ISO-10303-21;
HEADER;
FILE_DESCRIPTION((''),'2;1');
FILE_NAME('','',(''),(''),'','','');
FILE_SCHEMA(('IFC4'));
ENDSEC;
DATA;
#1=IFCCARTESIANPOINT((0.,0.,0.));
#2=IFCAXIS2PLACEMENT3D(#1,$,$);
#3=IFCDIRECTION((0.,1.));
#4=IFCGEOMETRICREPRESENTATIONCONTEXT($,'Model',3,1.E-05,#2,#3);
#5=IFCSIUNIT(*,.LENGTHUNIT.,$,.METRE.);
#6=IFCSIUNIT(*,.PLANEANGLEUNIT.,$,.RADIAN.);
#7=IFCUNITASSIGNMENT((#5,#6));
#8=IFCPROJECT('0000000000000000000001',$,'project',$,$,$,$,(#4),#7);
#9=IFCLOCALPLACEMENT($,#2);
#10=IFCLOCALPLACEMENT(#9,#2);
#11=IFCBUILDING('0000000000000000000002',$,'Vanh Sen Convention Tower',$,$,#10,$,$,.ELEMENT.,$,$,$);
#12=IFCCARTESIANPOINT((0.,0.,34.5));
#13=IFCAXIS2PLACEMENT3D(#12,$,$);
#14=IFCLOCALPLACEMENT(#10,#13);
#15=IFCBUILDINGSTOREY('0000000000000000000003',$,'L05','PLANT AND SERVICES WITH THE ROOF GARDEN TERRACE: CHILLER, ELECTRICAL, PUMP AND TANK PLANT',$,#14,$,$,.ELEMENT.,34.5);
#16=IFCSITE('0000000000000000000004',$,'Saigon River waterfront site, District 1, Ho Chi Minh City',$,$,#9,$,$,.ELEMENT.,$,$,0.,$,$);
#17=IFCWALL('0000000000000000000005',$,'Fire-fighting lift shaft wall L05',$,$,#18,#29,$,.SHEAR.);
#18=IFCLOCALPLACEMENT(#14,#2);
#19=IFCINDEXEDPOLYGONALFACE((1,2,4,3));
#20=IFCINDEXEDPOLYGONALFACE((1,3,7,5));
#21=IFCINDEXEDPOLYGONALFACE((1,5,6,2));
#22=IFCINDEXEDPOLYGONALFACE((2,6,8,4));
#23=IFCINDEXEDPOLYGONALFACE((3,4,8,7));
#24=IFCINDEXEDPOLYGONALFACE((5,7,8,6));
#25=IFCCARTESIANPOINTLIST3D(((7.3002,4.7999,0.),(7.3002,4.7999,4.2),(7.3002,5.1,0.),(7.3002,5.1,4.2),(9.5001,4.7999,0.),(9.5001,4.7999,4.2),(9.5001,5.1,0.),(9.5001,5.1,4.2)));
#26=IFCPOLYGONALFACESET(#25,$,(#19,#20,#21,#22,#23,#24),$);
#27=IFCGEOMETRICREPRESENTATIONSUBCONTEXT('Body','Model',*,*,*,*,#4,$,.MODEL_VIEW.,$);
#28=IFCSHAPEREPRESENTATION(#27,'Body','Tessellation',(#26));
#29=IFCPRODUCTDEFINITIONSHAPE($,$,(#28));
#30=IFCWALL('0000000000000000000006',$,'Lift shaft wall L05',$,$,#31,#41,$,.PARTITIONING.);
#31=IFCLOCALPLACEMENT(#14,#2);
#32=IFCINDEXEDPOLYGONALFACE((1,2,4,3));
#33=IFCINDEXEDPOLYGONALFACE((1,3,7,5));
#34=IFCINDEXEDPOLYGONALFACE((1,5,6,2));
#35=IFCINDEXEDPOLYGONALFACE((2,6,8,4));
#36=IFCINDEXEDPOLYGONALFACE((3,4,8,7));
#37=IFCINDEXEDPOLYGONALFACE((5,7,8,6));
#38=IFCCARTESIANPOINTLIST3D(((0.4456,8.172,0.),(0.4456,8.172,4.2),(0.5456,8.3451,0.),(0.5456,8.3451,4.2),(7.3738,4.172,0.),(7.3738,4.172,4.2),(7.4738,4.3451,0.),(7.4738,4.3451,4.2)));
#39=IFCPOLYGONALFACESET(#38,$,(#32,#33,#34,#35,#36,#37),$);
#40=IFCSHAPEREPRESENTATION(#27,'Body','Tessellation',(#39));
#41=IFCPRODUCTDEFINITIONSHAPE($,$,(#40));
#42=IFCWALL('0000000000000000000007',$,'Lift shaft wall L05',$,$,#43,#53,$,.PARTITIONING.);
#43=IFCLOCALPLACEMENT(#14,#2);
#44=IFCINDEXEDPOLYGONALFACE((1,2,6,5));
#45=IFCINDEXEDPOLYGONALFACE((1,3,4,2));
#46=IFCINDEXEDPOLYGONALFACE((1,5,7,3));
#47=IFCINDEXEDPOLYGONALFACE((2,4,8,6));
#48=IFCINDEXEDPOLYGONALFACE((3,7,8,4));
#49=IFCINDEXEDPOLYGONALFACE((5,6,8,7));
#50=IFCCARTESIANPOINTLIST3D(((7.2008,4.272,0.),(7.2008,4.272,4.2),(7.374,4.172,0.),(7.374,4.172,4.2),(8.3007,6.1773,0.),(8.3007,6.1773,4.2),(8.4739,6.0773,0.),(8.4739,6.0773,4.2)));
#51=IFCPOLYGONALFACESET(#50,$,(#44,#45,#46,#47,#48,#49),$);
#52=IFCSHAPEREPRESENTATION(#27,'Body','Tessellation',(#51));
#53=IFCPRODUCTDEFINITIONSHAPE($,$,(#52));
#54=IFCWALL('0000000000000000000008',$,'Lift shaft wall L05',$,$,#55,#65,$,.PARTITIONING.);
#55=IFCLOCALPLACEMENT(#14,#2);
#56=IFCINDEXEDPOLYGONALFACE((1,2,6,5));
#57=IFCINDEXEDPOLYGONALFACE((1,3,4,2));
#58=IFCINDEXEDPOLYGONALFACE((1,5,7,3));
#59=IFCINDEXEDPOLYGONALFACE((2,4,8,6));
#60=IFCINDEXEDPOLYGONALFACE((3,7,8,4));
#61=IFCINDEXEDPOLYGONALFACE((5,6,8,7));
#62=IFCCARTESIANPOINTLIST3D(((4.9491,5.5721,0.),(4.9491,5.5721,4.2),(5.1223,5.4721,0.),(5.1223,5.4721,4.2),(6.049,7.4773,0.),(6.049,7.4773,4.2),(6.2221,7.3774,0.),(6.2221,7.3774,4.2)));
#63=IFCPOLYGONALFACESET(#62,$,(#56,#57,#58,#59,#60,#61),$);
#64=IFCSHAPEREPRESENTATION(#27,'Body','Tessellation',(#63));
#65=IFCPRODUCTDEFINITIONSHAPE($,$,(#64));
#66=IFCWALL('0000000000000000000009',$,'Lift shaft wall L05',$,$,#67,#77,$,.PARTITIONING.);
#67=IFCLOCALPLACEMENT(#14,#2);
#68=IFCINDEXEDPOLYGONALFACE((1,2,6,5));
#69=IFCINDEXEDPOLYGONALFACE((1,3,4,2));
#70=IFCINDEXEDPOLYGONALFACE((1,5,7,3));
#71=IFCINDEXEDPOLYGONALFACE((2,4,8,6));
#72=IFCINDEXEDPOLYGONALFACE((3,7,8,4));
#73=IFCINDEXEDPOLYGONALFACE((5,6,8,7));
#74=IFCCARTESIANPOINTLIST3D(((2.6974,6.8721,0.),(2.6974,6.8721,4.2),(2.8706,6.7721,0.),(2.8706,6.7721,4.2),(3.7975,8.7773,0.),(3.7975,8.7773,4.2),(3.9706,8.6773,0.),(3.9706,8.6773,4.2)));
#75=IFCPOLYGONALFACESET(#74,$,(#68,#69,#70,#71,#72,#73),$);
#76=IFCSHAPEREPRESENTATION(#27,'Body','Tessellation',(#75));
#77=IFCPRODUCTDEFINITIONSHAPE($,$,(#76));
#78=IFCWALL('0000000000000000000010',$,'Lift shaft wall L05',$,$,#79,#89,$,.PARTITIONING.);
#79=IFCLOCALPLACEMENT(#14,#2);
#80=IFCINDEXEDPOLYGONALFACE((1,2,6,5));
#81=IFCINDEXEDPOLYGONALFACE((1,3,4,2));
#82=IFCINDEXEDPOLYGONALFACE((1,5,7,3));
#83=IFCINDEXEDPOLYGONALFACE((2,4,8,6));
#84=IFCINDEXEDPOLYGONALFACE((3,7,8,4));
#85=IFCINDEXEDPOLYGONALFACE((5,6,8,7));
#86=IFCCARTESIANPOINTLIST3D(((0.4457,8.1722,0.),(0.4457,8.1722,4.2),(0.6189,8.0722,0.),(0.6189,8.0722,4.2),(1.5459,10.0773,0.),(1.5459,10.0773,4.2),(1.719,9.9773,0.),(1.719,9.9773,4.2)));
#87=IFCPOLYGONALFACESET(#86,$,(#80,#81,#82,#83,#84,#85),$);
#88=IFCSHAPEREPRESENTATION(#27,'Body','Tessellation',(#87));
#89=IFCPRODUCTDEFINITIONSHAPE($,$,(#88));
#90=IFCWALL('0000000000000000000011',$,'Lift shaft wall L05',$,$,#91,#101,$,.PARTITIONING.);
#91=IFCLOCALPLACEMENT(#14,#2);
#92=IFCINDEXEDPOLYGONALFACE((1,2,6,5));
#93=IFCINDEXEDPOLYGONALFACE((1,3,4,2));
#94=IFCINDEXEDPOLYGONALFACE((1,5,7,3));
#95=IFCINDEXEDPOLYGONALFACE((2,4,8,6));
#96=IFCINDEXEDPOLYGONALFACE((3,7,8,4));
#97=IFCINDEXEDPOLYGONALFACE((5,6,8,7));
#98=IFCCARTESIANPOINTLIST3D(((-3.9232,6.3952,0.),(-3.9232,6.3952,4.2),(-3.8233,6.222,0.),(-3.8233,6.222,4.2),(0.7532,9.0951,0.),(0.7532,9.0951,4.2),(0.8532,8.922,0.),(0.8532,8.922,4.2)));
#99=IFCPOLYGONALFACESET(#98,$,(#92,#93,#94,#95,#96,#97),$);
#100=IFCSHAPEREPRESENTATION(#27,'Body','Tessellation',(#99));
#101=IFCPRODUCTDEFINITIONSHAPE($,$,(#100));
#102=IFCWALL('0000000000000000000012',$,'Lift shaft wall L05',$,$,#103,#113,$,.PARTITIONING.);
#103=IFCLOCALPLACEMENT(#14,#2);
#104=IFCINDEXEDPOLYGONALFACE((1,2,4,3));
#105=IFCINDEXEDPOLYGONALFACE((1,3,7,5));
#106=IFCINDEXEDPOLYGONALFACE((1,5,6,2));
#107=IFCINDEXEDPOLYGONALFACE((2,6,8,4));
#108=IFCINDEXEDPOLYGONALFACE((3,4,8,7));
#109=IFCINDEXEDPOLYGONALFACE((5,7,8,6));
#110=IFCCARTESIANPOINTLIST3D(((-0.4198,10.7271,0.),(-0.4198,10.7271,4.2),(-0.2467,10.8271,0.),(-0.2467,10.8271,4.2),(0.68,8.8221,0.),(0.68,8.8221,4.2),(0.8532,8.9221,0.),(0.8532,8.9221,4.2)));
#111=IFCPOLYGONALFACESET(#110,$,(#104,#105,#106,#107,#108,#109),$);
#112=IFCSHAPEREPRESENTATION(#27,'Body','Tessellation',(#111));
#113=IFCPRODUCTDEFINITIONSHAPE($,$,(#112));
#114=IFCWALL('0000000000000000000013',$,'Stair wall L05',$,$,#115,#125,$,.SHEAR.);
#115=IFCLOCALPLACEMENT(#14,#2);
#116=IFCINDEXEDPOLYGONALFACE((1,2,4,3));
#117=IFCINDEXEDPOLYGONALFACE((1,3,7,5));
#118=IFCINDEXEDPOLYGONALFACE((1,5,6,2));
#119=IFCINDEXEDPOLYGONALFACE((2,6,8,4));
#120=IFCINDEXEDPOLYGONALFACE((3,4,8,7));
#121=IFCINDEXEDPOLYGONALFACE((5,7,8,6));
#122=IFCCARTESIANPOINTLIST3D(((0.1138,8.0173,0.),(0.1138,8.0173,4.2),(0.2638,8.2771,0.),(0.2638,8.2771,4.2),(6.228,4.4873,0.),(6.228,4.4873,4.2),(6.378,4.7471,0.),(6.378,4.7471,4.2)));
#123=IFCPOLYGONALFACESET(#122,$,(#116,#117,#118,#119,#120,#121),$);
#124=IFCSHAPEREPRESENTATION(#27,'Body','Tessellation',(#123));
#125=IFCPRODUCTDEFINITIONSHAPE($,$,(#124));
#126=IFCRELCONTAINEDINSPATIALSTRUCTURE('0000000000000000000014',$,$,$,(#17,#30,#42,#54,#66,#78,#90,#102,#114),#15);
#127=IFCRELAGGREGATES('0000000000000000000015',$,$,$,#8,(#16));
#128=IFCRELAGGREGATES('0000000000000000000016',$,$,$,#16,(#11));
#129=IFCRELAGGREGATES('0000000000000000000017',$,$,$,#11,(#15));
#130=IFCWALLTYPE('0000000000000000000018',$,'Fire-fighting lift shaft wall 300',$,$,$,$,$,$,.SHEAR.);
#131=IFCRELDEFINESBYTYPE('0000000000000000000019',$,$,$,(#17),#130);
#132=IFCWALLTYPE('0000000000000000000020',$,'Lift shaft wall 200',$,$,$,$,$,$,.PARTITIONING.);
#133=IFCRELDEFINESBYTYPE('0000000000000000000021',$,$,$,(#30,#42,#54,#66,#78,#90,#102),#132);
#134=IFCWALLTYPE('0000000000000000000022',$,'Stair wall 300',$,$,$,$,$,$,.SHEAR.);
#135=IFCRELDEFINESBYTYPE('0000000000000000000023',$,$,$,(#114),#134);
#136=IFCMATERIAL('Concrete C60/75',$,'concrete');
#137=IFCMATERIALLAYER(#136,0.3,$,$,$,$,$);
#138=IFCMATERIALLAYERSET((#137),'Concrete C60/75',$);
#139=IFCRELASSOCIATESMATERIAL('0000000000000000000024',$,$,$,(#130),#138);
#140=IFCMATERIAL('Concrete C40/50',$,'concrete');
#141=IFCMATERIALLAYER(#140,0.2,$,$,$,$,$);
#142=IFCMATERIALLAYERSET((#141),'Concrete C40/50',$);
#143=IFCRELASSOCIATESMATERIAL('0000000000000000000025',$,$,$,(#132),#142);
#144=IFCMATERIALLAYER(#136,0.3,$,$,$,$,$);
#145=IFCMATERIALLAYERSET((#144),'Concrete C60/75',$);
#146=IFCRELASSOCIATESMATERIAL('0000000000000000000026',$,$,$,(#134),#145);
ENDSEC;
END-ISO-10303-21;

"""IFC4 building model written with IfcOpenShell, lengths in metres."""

from ifc_helpers import new_model, si_unit, direction, frame, frame_2d, origin, place, context, subcontext, project, spatial, rectangle, extrude, material, layer, layer_set, type_object, element, save


model = new_model("IFC4")

# Units and contexts
model_context = context("Model", 3, precision=1e-05, world=origin(), true_north=direction((0.0, 1.0)))
body_context = subcontext(model_context, "Body", "Model", "MODEL_VIEW")
ifc_project = project(units=[si_unit("LENGTHUNIT", "METRE"), si_unit("PLANEANGLEUNIT", "RADIAN")], contexts=[model_context])

# Site, building, storey
site_placement = place(None, origin())
site = spatial("IfcSite", under=ifc_project, at=site_placement, Name="Saigon River waterfront site, District 1, Ho Chi Minh City", CompositionType="ELEMENT", RefElevation=0.0)
building_placement = place(site_placement, origin())
building = spatial("IfcBuilding", under=site, at=building_placement, Name="Vanh Sen Convention Tower", CompositionType="ELEMENT")
storey_placement = place(building_placement, frame((0.0, 0.0, 34.5)))
storey = spatial("IfcBuildingStorey", under=building, at=storey_placement, Name="L05", Description="PLANT AND SERVICES WITH THE ROOF GARDEN TERRACE: CHILLER, ELECTRICAL, PUMP AND TANK PLANT", CompositionType="ELEMENT", Elevation=34.5)

# Shared definitions
ifc_material_1 = material(Name="Concrete C40/50", Category="concrete")

# Shared definitions
ifc_material_2 = material(Name="Concrete C60/75", Category="concrete")
ifc_layer_1 = layer(ifc_material_2, 0.3)
ifc_layer_set_1 = layer_set([ifc_layer_1], Name="Concrete C60/75")
wall_type_1 = type_object("IfcWallType", Name="Fire-fighting lift shaft wall 300", PredefinedType="SHEAR", material=ifc_layer_set_1)

# Walls
wall_1_placement = place(storey_placement, frame((7.3, 4.95, 0.0), z_axis=(0.0, 0.0, 1.0), x_axis=(1.0, 0.0, 0.0)))
element("IfcWall", 1, at=wall_1_placement, inside=storey, type_object=wall_type_1, Name="Fire-fighting lift shaft wall L05", PredefinedType="SHEAR", context=body_context, shape_type="SweptSolid", body=[
    extrude(rectangle(XDim=2.2, YDim=0.3, at=frame_2d((1.1001, 0.0))), origin(), (0.0, 0.0, 1.0), 4.2),
])
ifc_layer_2 = layer(ifc_material_1, 0.2)
ifc_layer_set_2 = layer_set([ifc_layer_2], Name="Concrete C40/50")
wall_type_2 = type_object("IfcWallType", Name="Lift shaft wall 200", PredefinedType="PARTITIONING", material=ifc_layer_set_2)
wall_2_placement = place(storey_placement, frame((7.4238, 4.2585, 0.0), z_axis=(0.0, 0.0, 1.0), x_axis=(-0.866026, 0.499999, 0.0)))
element("IfcWall", 2, at=wall_2_placement, inside=storey, type_object=wall_type_2, Name="Lift shaft wall L05", PredefinedType="PARTITIONING", context=body_context, shape_type="SweptSolid", body=[
    extrude(rectangle(XDim=8.0, YDim=0.2, at=frame_2d((4.0, 0.0))), origin(), (0.0, 0.0, 1.0), 4.2),
])
for number, where, z_axis, x_axis, name in (
    (3, (7.2874, 4.2219, 0.0), (0.0, 0.0, 1.0), (0.499947, 0.866056, 0.0), "Lift shaft wall L05"),
    (4, (5.0356, 5.522, 0.0), (0.0, 0.0, 1.0), (0.499947, 0.866056, 0.0), "Lift shaft wall L05"),
    (5, (2.7839, 6.822, 0.0), (0.0, 0.0, 1.0), (0.50003, 0.866008, 0.0), "Lift shaft wall L05"),
    (6, (0.5322, 8.1221, 0.0), (0.0, 0.0, 1.0), (0.500078, 0.86598, 0.0), "Lift shaft wall L05"),
):
    element("IfcWall", number, at=place(storey_placement, frame(where, z_axis=z_axis, x_axis=x_axis)), inside=storey, type_object=wall_type_2, Name=name, PredefinedType="PARTITIONING", context=body_context, shape_type="SweptSolid", body=[
        extrude(rectangle(XDim=2.2, YDim=0.2, at=frame_2d((1.1001, 0.0))), origin(), (0.0, 0.0, 1.0), 4.2),
    ])
wall_3_placement = place(storey_placement, frame((0.8032, 9.0085, 0.0), z_axis=(0.0, 0.0, 1.0), x_axis=(-0.866028, -0.499995, 0.0)))
element("IfcWall", 7, at=wall_3_placement, inside=storey, type_object=wall_type_2, Name="Lift shaft wall L05", PredefinedType="PARTITIONING", context=body_context, shape_type="SweptSolid", body=[
    extrude(rectangle(XDim=5.3999, YDim=0.2, at=frame_2d((2.7, 0.0))), origin(), (0.0, 0.0, 1.0), 4.2),
])
wall_4_placement = place(storey_placement, frame((0.7666, 8.8721, 0.0), z_axis=(0.0, 0.0, 1.0), x_axis=(-0.499995, 0.866028, 0.0)))
element("IfcWall", 8, at=wall_4_placement, inside=storey, type_object=wall_type_2, Name="Lift shaft wall L05", PredefinedType="PARTITIONING", context=body_context, shape_type="SweptSolid", body=[
    extrude(rectangle(XDim=2.1997, YDim=0.2, at=frame_2d((1.0999, 0.0))), origin(), (0.0, 0.0, 1.0), 4.2),
])
ifc_layer_3 = layer(ifc_material_2, 0.3)
ifc_layer_set_3 = layer_set([ifc_layer_3], Name="Concrete C60/75")
wall_type_3 = type_object("IfcWallType", Name="Stair wall 300", PredefinedType="SHEAR", material=ifc_layer_set_3)
wall_5_placement = place(storey_placement, frame((6.303, 4.6172, 0.0), z_axis=(0.0, 0.0, 1.0), x_axis=(-0.866028, 0.499996, 0.0)))
element("IfcWall", 9, at=wall_5_placement, inside=storey, type_object=wall_type_3, Name="Stair wall L05", PredefinedType="SHEAR", context=body_context, shape_type="SweptSolid", body=[
    extrude(rectangle(XDim=7.0601, YDim=0.3, at=frame_2d((3.53, 0.0))), origin(), (0.0, 0.0, 1.0), 4.2),
])

save(model, "model.ifc")
